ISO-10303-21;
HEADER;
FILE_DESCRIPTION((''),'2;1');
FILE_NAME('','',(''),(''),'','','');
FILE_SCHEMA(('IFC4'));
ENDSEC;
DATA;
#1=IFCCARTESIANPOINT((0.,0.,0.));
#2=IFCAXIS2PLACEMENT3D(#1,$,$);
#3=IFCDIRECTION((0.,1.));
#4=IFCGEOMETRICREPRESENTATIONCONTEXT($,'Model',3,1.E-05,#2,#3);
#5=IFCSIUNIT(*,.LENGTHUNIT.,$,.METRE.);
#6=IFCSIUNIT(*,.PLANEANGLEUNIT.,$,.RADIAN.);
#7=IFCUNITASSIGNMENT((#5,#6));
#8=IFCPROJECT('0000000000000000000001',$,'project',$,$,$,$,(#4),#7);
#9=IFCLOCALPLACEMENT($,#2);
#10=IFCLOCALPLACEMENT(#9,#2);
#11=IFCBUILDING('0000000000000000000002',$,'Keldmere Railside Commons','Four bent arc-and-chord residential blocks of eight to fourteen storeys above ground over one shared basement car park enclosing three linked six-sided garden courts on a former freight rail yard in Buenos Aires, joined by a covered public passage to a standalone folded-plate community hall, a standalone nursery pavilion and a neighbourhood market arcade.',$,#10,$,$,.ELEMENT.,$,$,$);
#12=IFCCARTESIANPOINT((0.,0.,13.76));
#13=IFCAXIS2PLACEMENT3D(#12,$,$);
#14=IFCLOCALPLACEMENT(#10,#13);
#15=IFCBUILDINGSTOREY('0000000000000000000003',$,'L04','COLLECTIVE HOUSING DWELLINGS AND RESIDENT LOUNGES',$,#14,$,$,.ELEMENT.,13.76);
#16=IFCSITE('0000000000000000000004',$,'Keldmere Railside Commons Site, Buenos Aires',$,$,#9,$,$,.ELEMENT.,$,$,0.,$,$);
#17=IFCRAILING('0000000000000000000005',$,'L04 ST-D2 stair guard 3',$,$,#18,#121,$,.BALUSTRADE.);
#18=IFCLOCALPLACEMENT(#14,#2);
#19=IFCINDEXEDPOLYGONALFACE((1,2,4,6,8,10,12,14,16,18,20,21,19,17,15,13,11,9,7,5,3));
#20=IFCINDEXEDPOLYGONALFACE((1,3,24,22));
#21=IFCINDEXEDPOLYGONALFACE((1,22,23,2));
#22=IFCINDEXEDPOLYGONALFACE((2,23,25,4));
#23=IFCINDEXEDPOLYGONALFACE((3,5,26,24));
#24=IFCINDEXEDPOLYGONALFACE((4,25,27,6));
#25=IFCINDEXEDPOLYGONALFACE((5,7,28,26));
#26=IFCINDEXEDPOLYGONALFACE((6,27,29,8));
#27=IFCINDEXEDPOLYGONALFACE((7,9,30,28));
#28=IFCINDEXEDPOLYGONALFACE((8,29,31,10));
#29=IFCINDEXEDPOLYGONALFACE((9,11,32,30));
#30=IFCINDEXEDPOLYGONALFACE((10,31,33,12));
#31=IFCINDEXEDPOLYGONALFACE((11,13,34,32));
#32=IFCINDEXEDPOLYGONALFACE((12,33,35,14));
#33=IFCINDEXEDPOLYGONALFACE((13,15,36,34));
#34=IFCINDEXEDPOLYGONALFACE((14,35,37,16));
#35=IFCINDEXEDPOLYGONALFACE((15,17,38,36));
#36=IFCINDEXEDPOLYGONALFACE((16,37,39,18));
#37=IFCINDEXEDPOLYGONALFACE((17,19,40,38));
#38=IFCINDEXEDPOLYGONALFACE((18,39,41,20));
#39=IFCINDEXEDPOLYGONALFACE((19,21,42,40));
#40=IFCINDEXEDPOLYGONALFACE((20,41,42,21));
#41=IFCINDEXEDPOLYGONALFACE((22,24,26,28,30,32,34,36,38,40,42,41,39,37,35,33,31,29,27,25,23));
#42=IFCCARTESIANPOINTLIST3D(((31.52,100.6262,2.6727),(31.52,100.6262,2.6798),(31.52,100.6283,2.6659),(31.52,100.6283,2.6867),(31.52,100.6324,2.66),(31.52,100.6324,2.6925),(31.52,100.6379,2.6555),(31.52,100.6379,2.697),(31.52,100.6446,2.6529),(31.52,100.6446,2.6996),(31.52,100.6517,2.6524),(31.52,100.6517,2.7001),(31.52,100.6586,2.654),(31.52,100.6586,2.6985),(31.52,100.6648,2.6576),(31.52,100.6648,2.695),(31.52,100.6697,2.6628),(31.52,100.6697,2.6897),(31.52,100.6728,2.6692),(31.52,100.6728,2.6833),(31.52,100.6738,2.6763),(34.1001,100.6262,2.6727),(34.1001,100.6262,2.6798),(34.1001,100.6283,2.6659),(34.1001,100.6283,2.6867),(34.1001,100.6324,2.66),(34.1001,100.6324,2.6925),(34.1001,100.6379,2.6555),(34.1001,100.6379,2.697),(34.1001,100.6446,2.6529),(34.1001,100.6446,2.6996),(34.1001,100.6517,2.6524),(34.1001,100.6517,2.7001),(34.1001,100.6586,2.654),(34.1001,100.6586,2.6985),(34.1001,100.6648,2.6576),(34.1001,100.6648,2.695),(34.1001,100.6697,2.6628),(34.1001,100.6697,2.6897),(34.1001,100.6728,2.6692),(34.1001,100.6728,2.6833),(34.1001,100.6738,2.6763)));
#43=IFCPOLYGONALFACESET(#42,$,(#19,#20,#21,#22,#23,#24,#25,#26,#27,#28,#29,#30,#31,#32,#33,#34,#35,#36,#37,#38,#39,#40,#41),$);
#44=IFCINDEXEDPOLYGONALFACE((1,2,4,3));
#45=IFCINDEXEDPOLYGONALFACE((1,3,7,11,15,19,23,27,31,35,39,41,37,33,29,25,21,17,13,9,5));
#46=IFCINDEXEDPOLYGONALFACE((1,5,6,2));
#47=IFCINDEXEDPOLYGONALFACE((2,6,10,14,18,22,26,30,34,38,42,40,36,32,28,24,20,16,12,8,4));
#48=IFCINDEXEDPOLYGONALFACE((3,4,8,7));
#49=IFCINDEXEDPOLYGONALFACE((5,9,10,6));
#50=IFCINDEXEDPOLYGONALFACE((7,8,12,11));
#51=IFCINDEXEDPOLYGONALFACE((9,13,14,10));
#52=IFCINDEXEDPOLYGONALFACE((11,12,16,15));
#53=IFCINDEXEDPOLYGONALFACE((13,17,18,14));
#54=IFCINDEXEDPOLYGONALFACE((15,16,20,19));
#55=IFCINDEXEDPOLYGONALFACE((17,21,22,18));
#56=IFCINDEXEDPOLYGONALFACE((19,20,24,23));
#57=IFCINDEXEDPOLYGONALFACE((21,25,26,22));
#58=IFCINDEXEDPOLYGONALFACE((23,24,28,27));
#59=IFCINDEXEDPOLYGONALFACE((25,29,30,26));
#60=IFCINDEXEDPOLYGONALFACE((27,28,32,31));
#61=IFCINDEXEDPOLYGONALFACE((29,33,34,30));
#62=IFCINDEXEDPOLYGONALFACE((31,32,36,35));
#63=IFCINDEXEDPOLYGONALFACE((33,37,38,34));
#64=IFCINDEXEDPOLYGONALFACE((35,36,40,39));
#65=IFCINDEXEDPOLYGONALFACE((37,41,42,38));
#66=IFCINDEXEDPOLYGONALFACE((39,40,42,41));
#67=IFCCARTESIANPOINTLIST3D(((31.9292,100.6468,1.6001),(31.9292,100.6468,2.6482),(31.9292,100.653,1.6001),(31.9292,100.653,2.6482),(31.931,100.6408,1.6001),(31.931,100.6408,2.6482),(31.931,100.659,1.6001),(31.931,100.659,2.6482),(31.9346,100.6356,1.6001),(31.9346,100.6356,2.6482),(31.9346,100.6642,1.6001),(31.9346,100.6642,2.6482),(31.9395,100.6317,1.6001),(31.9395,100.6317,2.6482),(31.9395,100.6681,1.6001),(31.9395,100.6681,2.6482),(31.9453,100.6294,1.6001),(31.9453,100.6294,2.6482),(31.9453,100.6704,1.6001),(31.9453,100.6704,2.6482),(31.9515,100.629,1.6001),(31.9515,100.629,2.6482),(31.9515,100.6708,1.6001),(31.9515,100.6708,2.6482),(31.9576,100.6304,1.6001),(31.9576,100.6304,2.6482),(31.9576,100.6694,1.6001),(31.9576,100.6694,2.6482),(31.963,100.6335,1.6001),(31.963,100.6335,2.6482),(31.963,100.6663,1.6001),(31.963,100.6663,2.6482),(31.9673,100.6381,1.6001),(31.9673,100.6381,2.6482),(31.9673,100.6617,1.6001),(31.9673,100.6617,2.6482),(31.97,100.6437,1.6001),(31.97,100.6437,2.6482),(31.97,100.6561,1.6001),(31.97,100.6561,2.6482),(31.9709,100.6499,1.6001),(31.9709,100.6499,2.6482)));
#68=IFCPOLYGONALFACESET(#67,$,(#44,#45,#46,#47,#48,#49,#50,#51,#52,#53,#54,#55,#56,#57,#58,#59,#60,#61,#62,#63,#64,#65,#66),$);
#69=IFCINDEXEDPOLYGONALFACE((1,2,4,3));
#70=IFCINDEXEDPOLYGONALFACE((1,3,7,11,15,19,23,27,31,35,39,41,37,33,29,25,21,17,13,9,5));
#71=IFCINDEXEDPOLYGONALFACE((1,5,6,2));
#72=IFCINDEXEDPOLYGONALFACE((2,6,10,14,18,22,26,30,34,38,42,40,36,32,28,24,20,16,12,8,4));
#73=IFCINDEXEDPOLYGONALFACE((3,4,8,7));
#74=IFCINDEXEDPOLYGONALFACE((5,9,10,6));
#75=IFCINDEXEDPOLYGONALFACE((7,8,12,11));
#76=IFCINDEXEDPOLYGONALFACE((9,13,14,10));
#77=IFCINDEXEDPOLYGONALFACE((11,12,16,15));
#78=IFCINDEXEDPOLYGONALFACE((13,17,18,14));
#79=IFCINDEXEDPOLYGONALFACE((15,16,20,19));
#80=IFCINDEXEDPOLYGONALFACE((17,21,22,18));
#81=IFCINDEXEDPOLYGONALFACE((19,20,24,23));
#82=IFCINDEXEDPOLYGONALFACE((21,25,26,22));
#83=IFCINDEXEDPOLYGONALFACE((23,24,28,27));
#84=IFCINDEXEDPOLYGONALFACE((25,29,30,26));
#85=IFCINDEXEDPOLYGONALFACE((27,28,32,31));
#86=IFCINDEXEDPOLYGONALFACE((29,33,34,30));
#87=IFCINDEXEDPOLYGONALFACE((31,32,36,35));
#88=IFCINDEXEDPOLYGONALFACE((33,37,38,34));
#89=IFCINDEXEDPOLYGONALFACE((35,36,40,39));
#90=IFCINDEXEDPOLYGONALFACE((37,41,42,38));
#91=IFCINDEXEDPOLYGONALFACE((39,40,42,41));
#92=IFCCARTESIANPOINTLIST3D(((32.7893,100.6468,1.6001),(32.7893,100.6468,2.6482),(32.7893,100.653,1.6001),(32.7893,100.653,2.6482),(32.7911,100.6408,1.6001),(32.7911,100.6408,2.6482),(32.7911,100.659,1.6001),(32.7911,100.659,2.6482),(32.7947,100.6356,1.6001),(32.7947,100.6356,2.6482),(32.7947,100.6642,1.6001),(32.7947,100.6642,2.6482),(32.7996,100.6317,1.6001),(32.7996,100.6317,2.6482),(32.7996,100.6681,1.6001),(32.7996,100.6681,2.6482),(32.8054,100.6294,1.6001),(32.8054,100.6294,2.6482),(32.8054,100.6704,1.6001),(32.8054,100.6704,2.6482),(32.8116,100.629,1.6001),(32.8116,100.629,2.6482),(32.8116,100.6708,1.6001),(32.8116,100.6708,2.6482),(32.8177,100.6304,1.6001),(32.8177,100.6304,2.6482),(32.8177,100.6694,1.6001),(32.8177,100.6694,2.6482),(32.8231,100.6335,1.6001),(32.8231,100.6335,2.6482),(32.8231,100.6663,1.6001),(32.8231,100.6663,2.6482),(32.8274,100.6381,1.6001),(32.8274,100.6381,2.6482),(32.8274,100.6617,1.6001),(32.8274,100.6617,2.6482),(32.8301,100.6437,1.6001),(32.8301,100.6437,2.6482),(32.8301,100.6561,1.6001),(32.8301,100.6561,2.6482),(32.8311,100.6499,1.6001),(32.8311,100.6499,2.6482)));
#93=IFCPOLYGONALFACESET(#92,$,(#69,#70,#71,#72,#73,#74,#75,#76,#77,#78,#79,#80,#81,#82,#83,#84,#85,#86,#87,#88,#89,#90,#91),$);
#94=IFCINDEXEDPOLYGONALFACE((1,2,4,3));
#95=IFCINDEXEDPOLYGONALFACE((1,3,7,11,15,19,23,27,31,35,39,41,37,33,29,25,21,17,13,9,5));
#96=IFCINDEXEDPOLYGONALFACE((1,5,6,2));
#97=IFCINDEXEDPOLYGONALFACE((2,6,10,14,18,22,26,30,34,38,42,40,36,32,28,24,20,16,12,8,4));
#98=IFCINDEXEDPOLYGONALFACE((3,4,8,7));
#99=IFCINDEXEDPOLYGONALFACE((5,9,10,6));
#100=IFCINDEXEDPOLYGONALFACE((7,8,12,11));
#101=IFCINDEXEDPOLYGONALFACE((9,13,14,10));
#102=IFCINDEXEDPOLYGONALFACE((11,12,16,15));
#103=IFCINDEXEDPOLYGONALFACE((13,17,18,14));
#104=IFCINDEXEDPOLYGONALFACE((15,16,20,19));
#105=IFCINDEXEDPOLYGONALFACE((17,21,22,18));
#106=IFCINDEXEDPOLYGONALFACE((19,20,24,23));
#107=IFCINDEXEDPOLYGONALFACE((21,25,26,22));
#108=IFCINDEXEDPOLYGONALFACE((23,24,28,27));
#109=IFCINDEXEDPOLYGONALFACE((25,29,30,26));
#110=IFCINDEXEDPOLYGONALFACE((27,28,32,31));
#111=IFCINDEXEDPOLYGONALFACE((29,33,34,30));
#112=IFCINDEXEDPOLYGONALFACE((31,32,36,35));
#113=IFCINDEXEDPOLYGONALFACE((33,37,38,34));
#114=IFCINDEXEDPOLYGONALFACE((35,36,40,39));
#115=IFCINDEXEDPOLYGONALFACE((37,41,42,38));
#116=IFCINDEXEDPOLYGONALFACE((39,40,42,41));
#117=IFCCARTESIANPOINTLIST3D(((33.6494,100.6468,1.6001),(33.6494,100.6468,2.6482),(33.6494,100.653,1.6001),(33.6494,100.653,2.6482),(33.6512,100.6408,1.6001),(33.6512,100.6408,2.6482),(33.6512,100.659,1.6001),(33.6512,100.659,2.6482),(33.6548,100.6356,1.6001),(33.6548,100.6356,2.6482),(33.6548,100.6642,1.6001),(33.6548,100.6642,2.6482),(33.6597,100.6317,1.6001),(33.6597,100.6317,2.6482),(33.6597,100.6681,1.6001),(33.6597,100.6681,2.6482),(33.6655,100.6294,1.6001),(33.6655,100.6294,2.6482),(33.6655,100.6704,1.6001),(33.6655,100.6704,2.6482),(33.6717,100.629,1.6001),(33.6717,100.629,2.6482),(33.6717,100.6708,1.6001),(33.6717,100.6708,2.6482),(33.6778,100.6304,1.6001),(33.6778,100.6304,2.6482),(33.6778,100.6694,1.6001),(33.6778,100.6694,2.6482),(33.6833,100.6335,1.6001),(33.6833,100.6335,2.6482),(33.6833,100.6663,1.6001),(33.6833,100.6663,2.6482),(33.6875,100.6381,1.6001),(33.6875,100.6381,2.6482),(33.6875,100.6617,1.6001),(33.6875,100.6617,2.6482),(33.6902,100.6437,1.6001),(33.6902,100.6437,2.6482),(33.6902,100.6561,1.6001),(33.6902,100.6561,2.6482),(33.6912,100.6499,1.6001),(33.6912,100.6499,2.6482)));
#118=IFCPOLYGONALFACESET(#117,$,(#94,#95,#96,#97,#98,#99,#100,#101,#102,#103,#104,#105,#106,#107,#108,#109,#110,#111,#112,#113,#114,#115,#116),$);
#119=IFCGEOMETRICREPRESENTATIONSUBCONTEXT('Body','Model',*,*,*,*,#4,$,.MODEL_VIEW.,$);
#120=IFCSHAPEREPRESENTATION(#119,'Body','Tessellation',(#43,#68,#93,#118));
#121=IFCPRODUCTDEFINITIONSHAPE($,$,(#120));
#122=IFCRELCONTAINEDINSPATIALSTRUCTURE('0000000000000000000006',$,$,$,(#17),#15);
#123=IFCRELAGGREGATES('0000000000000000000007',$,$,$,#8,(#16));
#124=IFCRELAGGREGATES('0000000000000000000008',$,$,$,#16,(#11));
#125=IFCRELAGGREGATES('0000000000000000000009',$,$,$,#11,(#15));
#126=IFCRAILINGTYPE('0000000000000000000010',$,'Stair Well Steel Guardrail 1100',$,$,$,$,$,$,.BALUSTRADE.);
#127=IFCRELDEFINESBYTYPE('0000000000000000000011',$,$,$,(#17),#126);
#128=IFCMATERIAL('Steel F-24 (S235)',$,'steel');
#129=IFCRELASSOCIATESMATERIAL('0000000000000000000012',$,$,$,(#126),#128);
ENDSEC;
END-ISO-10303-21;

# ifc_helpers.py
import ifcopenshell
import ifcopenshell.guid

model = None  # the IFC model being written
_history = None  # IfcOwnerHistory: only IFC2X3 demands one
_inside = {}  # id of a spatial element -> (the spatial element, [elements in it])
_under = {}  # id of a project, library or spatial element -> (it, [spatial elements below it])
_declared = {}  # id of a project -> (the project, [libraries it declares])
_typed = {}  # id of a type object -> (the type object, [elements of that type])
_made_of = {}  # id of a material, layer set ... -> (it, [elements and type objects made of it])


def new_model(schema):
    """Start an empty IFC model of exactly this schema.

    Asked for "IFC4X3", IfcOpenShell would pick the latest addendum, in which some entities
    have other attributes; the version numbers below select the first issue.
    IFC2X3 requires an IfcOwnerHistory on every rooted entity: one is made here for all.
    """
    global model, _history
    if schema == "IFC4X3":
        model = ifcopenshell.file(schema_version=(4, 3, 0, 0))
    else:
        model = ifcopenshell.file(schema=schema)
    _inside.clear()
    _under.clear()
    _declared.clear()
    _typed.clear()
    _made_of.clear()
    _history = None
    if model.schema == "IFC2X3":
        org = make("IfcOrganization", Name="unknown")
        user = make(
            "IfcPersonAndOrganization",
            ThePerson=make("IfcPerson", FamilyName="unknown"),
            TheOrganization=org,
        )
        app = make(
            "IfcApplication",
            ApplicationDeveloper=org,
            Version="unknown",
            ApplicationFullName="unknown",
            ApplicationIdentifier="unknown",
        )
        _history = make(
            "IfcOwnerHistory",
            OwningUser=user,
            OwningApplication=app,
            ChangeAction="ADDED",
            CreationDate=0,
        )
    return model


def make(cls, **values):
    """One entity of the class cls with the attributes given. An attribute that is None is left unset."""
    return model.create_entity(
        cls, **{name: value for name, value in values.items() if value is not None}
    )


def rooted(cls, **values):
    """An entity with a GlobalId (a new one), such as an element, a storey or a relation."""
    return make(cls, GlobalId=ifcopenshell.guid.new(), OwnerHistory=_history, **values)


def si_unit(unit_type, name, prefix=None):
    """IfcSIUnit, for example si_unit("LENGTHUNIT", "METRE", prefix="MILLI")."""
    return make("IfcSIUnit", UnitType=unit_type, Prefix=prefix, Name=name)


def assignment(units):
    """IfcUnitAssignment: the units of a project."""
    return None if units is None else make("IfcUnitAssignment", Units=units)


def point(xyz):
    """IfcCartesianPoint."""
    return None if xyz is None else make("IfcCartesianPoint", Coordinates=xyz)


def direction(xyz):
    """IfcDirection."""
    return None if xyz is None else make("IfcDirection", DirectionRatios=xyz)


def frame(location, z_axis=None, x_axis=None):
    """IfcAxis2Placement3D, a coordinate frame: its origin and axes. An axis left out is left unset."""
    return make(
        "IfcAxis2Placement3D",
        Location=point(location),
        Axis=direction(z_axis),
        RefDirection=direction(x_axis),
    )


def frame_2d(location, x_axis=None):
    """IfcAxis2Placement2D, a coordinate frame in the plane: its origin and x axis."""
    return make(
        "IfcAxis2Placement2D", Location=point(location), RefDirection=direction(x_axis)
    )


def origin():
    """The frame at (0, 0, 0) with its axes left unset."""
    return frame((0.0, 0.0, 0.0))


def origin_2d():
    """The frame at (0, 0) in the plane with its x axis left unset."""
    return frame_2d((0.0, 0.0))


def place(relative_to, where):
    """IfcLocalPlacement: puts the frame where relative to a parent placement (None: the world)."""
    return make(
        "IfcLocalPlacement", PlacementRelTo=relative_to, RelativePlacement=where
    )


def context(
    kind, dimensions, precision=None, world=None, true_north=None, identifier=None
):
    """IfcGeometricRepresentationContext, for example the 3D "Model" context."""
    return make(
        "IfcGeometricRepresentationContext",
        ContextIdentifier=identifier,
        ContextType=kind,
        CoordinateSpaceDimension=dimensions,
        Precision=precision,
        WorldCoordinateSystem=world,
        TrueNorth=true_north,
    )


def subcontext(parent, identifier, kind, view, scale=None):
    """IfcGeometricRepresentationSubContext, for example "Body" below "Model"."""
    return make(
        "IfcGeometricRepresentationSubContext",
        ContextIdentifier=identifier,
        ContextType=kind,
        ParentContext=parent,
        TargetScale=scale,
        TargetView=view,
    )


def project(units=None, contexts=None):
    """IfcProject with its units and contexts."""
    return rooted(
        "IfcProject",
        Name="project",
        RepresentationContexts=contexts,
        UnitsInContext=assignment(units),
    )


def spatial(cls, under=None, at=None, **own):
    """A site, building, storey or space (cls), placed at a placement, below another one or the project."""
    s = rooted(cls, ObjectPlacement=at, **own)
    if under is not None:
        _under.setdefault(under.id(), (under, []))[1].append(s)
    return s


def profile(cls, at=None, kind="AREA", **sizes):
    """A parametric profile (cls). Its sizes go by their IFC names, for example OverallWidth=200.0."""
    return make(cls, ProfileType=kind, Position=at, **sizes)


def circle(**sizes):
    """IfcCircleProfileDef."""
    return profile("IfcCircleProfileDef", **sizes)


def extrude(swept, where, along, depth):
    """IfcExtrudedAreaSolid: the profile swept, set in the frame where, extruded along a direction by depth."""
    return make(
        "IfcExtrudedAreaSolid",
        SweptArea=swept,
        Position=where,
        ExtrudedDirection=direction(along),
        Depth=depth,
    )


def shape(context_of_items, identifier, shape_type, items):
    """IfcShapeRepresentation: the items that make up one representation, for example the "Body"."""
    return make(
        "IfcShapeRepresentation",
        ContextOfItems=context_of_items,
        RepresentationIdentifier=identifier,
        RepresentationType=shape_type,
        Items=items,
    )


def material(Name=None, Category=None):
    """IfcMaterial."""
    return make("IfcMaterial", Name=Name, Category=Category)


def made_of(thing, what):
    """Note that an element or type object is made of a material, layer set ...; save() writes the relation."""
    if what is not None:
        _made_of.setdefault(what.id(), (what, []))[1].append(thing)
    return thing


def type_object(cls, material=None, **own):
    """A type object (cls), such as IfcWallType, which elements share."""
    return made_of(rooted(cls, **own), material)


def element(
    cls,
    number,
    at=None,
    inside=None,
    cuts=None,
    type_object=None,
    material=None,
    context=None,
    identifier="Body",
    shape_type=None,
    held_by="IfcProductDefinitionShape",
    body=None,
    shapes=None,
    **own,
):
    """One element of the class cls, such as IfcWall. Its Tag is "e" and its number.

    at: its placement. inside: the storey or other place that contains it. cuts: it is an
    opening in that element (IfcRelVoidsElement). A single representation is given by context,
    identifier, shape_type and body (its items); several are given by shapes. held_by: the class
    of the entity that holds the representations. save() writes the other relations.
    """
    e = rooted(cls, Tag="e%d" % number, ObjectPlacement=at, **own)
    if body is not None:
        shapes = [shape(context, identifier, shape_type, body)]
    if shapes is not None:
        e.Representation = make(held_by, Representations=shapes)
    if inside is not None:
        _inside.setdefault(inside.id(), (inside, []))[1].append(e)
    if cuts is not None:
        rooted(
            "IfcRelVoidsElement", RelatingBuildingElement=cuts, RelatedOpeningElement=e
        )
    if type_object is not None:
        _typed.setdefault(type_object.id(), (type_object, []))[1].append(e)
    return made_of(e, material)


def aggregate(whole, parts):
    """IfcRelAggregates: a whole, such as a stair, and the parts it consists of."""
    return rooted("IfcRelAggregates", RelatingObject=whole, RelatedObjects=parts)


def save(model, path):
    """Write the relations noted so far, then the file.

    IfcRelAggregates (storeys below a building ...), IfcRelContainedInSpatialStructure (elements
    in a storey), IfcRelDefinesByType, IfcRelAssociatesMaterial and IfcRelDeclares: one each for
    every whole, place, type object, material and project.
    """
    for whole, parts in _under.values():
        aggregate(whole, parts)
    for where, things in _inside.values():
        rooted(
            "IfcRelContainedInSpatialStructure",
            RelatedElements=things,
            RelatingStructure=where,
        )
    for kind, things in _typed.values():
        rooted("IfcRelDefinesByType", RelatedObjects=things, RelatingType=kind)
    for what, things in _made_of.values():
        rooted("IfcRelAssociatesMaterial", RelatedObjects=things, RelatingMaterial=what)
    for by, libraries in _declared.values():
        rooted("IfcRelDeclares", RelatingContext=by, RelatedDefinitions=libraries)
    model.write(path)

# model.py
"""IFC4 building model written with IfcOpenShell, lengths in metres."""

from ifc_helpers import new_model, si_unit, direction, frame, origin, origin_2d, place, context, subcontext, project, spatial, circle, extrude, material, type_object, element, save


model = new_model("IFC4")

# Units and contexts
model_context = context("Model", 3, precision=1e-05, world=origin(), true_north=direction((0.0, 1.0)))
body_context = subcontext(model_context, "Body", "Model", "MODEL_VIEW")
ifc_project = project(units=[si_unit("LENGTHUNIT", "METRE"), si_unit("PLANEANGLEUNIT", "RADIAN")], contexts=[model_context])

# Site, building, storey
site_placement = place(None, origin())
site = spatial("IfcSite", under=ifc_project, at=site_placement, Name="Keldmere Railside Commons Site, Buenos Aires", CompositionType="ELEMENT", RefElevation=0.0)
building_placement = place(site_placement, origin())
building = spatial("IfcBuilding", under=site, at=building_placement, Name="Keldmere Railside Commons", Description="Four bent arc-and-chord residential blocks of eight to fourteen storeys above ground over one shared basement car park enclosing three linked six-sided garden courts on a former freight rail yard in Buenos Aires, joined by a covered public passage to a standalone folded-plate community hall, a standalone nursery pavilion and a neighbourhood market arcade.", CompositionType="ELEMENT")
storey_placement = place(building_placement, frame((0.0, 0.0, 13.76)))
storey = spatial("IfcBuildingStorey", under=building, at=storey_placement, Name="L04", Description="COLLECTIVE HOUSING DWELLINGS AND RESIDENT LOUNGES", CompositionType="ELEMENT", Elevation=13.76)

# Railing
ifc_material_1 = material(Name="Steel F-24 (S235)", Category="steel")
railing_type_1 = type_object("IfcRailingType", Name="Stair Well Steel Guardrail 1100", PredefinedType="BALUSTRADE", material=ifc_material_1)
railing_1_placement = place(storey_placement, frame((31.52, 100.6499, 1.6001)))
element("IfcRailing", 1, at=railing_1_placement, inside=storey, type_object=railing_type_1, Name="L04 ST-D2 stair guard 3", PredefinedType="BALUSTRADE", context=body_context, shape_type="SweptSolid", body=[
    extrude(circle(Radius=0.0239, at=origin_2d()), frame((0.0, 0.0, 1.0762), z_axis=(1.0, 0.0, 0.0), x_axis=(0.0, 1.0, 0.0)), (0.0, 0.0, 1.0), 2.5801),
    extrude(circle(Radius=0.021, at=origin_2d()), frame((0.4299, 0.0, 0.0)), (0.0, 0.0, 1.0), 1.0481),
    extrude(circle(Radius=0.021, at=origin_2d()), frame((1.29, 0.0, 0.0)), (0.0, 0.0, 1.0), 1.0481),
    extrude(circle(Radius=0.021, at=origin_2d()), frame((2.1501, 0.0, 0.0)), (0.0, 0.0, 1.0), 1.0481),
])

save(model, "model.ifc")
